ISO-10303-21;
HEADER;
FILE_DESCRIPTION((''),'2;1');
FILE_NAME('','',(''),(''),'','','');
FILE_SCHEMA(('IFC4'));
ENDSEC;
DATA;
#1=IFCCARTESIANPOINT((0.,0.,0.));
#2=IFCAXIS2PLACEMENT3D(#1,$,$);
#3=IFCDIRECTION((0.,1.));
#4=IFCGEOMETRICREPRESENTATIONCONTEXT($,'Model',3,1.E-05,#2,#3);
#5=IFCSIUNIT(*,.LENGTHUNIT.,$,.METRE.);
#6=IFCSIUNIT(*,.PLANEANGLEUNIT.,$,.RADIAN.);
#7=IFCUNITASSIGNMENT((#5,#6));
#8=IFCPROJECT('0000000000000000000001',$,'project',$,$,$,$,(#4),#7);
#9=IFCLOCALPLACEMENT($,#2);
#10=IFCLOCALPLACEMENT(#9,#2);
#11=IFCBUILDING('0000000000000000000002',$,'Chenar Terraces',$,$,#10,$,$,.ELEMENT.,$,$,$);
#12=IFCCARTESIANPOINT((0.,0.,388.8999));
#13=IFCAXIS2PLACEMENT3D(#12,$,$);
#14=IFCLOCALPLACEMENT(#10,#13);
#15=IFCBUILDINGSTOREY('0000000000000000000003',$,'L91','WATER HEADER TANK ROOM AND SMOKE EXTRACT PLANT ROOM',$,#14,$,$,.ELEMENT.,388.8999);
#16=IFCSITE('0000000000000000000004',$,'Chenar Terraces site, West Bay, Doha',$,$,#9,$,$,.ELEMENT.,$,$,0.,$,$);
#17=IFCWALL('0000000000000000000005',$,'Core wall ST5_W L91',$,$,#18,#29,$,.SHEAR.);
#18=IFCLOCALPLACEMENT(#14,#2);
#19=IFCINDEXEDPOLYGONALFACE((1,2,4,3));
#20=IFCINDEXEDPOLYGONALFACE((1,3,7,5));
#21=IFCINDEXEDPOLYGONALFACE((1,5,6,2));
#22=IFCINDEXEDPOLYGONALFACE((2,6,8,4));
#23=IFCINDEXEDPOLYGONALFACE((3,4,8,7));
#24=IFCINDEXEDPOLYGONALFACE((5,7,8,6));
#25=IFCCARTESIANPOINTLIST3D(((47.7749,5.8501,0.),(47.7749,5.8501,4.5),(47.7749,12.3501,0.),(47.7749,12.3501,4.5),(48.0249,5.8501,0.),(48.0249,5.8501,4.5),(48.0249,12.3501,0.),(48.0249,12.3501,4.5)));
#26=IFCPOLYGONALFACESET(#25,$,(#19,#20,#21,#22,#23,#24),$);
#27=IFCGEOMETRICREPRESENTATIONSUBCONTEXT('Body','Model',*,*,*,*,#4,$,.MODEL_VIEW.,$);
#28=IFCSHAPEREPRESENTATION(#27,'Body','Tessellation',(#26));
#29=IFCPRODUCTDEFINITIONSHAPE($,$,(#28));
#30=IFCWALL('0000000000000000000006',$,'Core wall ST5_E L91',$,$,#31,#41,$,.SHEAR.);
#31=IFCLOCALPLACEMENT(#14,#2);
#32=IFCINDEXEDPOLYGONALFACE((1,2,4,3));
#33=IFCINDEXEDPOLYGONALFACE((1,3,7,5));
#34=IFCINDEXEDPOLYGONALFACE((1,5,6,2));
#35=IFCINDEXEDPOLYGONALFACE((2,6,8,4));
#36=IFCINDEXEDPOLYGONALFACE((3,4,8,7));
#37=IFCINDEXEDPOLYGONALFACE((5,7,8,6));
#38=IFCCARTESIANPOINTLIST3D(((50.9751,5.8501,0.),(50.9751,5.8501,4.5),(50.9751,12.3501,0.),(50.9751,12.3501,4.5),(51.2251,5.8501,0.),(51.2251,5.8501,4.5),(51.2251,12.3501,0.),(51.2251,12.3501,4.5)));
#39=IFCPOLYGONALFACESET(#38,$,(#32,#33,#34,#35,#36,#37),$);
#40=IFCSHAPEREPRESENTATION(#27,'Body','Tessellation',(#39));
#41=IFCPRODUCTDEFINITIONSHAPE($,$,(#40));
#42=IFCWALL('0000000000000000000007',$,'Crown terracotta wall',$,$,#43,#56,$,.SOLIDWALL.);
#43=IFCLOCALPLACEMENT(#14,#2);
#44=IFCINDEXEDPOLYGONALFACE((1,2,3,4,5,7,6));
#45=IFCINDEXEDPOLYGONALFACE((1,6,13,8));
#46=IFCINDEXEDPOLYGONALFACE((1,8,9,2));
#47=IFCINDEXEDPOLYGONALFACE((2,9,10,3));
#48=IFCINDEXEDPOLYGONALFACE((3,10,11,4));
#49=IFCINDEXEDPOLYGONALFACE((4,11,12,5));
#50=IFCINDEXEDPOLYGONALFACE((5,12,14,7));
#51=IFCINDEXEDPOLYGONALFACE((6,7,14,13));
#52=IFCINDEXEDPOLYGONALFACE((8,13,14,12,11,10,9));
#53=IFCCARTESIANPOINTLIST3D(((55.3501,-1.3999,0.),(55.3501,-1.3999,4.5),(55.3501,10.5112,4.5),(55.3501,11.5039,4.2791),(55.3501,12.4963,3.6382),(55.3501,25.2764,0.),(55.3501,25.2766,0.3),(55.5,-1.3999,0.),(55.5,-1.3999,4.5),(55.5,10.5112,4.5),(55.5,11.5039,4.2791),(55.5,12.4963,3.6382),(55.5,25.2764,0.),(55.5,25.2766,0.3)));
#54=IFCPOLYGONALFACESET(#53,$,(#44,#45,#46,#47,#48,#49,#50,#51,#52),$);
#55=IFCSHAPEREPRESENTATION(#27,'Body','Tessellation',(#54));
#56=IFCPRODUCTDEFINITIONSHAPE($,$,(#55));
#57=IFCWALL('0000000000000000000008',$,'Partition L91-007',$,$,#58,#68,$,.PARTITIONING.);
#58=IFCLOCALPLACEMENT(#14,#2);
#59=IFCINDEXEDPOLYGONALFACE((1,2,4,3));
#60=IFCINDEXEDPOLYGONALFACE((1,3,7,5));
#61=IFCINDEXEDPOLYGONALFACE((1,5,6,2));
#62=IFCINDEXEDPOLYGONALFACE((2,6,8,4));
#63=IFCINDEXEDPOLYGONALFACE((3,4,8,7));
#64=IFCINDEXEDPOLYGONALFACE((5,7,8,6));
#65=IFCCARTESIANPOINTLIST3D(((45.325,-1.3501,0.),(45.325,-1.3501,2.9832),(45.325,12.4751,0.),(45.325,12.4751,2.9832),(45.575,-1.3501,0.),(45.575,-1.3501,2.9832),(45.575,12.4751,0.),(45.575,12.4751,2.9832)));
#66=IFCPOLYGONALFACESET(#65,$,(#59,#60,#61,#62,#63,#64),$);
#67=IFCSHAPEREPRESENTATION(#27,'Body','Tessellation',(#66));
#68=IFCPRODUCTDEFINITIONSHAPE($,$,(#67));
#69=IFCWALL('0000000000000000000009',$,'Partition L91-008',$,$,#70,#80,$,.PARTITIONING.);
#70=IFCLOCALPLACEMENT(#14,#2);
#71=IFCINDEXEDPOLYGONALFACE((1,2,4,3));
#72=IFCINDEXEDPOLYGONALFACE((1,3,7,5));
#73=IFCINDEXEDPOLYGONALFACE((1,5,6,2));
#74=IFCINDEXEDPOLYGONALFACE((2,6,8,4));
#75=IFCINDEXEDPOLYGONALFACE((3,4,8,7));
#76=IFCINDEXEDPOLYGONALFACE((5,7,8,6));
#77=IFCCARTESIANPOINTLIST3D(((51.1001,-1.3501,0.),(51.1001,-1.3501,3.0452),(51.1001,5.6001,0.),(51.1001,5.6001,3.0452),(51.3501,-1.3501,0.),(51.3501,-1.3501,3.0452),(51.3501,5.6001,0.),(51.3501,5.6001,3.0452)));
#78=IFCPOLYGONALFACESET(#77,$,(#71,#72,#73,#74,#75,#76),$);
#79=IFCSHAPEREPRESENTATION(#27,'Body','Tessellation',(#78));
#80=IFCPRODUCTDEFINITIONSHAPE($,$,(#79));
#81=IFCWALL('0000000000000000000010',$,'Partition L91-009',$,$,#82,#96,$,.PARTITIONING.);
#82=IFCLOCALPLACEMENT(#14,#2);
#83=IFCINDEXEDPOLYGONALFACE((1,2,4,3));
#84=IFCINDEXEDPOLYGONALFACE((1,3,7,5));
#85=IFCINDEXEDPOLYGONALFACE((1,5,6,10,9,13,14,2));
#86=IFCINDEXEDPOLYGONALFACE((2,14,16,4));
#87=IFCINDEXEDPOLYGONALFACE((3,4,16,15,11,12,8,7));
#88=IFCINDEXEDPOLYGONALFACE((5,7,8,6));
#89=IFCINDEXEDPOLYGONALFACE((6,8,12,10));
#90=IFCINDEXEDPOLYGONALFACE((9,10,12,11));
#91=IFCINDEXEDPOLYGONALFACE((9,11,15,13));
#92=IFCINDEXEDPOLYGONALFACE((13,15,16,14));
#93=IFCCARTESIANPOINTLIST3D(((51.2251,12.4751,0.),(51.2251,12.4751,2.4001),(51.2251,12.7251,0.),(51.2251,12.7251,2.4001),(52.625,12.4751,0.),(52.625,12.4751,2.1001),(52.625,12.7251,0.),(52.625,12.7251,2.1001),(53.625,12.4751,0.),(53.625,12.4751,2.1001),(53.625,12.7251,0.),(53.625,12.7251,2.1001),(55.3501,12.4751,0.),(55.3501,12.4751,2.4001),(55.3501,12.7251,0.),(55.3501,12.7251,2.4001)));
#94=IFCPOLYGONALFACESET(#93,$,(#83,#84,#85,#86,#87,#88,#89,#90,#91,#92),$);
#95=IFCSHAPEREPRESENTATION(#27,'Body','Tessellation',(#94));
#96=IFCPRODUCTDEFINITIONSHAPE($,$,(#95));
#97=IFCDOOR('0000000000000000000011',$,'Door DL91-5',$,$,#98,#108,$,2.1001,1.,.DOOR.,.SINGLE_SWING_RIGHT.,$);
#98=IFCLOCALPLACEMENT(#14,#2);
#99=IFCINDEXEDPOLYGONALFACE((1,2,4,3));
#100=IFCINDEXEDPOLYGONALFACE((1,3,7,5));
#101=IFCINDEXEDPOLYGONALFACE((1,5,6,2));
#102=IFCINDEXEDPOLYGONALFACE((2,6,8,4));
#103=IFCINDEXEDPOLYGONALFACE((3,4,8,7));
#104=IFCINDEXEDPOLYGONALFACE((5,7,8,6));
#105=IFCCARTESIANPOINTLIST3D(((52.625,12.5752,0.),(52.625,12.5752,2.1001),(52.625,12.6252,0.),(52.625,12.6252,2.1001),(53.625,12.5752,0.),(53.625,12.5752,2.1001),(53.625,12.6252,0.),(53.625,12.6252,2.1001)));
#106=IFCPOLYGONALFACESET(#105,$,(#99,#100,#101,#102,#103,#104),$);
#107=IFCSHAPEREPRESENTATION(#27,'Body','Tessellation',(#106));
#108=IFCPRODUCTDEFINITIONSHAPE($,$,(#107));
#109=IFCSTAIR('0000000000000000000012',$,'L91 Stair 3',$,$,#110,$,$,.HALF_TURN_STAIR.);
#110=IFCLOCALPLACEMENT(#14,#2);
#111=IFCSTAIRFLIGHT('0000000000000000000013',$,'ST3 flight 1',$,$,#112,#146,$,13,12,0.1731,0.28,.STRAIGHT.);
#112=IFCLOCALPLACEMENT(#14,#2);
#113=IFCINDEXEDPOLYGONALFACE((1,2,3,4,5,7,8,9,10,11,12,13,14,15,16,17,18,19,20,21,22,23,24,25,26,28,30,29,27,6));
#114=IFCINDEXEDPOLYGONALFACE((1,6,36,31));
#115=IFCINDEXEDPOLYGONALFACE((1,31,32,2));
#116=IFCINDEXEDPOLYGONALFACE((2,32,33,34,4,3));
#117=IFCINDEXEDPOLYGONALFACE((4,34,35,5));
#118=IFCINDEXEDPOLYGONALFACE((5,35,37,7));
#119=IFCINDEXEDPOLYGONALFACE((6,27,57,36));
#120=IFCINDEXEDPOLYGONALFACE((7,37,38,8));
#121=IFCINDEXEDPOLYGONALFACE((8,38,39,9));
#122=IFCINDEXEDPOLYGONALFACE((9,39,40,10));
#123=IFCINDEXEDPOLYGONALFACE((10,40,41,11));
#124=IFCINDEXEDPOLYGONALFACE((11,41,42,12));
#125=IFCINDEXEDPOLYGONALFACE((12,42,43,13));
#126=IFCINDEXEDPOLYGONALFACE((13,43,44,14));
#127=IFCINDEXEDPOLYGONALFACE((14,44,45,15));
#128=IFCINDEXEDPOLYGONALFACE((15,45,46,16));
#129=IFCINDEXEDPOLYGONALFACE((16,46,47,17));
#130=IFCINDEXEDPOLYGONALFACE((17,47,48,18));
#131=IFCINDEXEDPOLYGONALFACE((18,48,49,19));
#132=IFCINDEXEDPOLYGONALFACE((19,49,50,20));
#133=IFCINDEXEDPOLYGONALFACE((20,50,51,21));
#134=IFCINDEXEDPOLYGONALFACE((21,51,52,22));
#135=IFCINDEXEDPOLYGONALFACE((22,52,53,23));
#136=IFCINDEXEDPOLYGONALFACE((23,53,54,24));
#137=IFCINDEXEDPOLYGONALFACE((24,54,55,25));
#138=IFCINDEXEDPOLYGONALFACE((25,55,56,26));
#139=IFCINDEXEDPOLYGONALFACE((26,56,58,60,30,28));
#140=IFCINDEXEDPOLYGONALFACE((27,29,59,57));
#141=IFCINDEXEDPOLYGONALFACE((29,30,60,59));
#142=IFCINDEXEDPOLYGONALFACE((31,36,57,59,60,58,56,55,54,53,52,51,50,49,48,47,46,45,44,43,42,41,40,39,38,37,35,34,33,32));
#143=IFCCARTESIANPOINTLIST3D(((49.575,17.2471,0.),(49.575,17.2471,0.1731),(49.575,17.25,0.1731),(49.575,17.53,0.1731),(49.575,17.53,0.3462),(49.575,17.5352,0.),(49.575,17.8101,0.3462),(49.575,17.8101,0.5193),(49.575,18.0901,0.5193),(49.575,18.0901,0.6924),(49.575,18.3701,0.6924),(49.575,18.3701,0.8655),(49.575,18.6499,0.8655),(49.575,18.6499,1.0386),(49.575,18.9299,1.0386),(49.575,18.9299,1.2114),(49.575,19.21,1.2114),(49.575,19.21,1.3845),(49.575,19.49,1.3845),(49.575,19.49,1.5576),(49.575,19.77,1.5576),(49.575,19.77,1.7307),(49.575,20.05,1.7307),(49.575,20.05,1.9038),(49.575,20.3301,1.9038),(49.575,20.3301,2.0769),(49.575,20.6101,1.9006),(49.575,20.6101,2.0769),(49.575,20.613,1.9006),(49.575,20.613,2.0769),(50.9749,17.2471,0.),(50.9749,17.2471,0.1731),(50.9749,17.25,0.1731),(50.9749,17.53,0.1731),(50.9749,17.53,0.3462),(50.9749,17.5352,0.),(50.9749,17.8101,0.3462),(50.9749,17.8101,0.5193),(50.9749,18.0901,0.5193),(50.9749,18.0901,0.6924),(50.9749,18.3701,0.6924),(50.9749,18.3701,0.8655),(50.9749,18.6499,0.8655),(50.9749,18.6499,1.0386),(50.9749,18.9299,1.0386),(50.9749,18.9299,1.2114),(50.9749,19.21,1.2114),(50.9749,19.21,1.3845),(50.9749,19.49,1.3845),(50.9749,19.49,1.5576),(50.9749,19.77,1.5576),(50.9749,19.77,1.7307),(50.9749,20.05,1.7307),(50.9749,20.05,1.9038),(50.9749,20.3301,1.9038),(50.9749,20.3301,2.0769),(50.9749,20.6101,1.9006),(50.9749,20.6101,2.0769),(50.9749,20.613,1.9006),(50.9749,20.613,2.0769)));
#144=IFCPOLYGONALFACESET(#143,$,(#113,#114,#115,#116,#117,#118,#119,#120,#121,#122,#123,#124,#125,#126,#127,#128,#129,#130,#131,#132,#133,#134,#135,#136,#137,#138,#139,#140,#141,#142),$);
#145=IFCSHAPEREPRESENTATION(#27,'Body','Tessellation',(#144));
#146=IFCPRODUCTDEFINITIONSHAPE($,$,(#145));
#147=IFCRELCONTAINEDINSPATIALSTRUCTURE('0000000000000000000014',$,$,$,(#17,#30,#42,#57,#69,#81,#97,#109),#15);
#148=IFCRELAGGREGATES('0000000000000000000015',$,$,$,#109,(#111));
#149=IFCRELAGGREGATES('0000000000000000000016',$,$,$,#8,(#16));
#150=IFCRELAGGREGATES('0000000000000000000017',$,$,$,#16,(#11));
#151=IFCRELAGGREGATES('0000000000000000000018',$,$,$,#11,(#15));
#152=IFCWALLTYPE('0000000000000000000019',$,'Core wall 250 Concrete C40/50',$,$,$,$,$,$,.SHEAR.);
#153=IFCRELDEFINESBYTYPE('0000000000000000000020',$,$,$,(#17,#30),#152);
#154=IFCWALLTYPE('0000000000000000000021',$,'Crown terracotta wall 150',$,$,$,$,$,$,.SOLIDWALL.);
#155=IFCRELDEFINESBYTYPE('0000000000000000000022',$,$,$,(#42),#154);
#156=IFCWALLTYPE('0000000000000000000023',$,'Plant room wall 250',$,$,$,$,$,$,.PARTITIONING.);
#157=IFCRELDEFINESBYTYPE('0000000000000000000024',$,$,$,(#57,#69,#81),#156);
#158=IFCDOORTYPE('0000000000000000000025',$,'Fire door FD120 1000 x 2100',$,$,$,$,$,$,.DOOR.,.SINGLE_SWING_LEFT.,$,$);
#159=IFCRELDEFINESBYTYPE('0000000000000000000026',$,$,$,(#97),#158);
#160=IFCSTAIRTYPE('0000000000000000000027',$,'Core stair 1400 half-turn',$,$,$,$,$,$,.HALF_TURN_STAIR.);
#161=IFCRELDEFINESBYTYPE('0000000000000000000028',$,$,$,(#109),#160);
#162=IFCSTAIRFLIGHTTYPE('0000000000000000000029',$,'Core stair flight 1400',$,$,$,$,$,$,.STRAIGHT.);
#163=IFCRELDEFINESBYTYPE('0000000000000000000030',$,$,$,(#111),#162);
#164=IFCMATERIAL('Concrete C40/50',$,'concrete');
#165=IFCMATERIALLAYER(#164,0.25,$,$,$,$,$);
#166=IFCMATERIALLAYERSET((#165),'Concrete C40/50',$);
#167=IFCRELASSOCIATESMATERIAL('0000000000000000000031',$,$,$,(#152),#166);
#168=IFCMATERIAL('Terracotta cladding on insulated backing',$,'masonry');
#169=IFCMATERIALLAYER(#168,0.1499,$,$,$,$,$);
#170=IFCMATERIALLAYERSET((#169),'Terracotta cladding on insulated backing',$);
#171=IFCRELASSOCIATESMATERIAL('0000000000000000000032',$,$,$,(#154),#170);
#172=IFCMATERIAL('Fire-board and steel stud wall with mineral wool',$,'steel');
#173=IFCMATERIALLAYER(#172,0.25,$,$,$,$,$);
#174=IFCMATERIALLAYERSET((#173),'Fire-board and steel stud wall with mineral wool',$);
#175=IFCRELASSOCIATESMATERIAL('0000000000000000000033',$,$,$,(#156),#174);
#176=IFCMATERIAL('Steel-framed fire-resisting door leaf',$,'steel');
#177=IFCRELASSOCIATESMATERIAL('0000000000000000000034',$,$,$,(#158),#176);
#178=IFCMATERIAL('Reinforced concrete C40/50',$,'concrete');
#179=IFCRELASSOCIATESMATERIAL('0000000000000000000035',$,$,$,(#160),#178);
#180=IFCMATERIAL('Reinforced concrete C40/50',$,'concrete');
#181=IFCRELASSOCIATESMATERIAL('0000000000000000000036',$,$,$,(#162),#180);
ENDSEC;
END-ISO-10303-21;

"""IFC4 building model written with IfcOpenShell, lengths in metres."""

from ifc_helpers import new_model, si_unit, direction, frame, frame_2d, origin, place, context, subcontext, project, spatial, polyline, rectangle, outline, extrude, material, layer, layer_set, type_object, element, fill, aggregate, save


model = new_model("IFC4")

# Units and contexts
model_context = context("Model", 3, precision=1e-05, world=origin(), true_north=direction((0.0, 1.0)))
body_context = subcontext(model_context, "Body", "Model", "MODEL_VIEW")
ifc_project = project(units=[si_unit("LENGTHUNIT", "METRE"), si_unit("PLANEANGLEUNIT", "RADIAN")], contexts=[model_context])

# Site, building, storey
site_placement = place(None, origin())
site = spatial("IfcSite", under=ifc_project, at=site_placement, Name="Chenar Terraces site, West Bay, Doha", CompositionType="ELEMENT", RefElevation=0.0)
building_placement = place(site_placement, origin())
building = spatial("IfcBuilding", under=site, at=building_placement, Name="Chenar Terraces", CompositionType="ELEMENT")
storey_placement = place(building_placement, frame((0.0, 0.0, 388.8999)))
storey = spatial("IfcBuildingStorey", under=building, at=storey_placement, Name="L91", Description="WATER HEADER TANK ROOM AND SMOKE EXTRACT PLANT ROOM", CompositionType="ELEMENT", Elevation=388.8999)

# Shared definitions
ifc_material_1 = material(Name="Concrete C40/50", Category="concrete")
ifc_layer_1 = layer(ifc_material_1, 0.25)
ifc_layer_set_1 = layer_set([ifc_layer_1], Name="Concrete C40/50")
wall_type_1 = type_object("IfcWallType", Name="Core wall 250 Concrete C40/50", PredefinedType="SHEAR", material=ifc_layer_set_1)

# Walls
for number, where, z_axis, x_axis, name in (
    (1, (47.8999, 5.8501, 0.0), (0.0, 0.0, 1.0), (0.0, 1.0, 0.0), "Core wall ST5_W L91"),
    (2, (51.1001, 5.8501, 0.0), (0.0, 0.0, 1.0), (0.0, 1.0, 0.0), "Core wall ST5_E L91"),
):
    element("IfcWall", number, at=place(storey_placement, frame(where, z_axis=z_axis, x_axis=x_axis)), inside=storey, type_object=wall_type_1, Name=name, PredefinedType="SHEAR", context=body_context, shape_type="SweptSolid", body=[
        extrude(rectangle(XDim=6.5, YDim=0.25, at=frame_2d((3.25, 0.0))), origin(), (0.0, 0.0, 1.0), 4.5),
    ])
ifc_material_2 = material(Name="Terracotta cladding on insulated backing", Category="masonry")
ifc_layer_2 = layer(ifc_material_2, 0.1499)
ifc_layer_set_2 = layer_set([ifc_layer_2], Name="Terracotta cladding on insulated backing")
wall_type_2 = type_object("IfcWallType", Name="Crown terracotta wall 150", PredefinedType="SOLIDWALL", material=ifc_layer_set_2)
wall_1_placement = place(storey_placement, frame((55.425, -1.3999, 0.0), z_axis=(0.0, 0.0, 1.0), x_axis=(0.0, 1.0, 0.0)))
element("IfcWall", 3, at=wall_1_placement, inside=storey, type_object=wall_type_2, Name="Crown terracotta wall", PredefinedType="SOLIDWALL", context=body_context, shape_type="SweptSolid", body=[
    extrude(outline(polyline([(0.0, 0.0), (26.6763, 0.0), (26.6765, 0.3), (13.8962, 3.6382), (12.9038, 4.2791), (11.9111, 4.5), (0.0, 4.5), (0.0, 0.0)])), frame((0.0, 0.075, 0.0), z_axis=(0.0, -1.0, 0.0), x_axis=(1.0, 0.0, 0.0)), (0.0, 0.0, 1.0), 0.1499),
])
ifc_material_3 = material(Name="Fire-board and steel stud wall with mineral wool", Category="steel")
ifc_layer_3 = layer(ifc_material_3, 0.25)
ifc_layer_set_3 = layer_set([ifc_layer_3], Name="Fire-board and steel stud wall with mineral wool")
wall_type_3 = type_object("IfcWallType", Name="Plant room wall 250", PredefinedType="PARTITIONING", material=ifc_layer_set_3)
wall_2_placement = place(storey_placement, frame((45.45, -1.3501, 0.0), z_axis=(0.0, 0.0, 1.0), x_axis=(0.0, 1.0, 0.0)))
element("IfcWall", 4, at=wall_2_placement, inside=storey, type_object=wall_type_3, Name="Partition L91-007", PredefinedType="PARTITIONING", context=body_context, shape_type="SweptSolid", body=[
    extrude(rectangle(XDim=13.8252, YDim=0.25, at=frame_2d((6.9126, 0.0))), origin(), (0.0, 0.0, 1.0), 2.9832),
])
wall_3_placement = place(storey_placement, frame((51.2251, -1.3501, 0.0), z_axis=(0.0, 0.0, 1.0), x_axis=(0.0, 1.0, 0.0)))
element("IfcWall", 5, at=wall_3_placement, inside=storey, type_object=wall_type_3, Name="Partition L91-008", PredefinedType="PARTITIONING", context=body_context, shape_type="SweptSolid", body=[
    extrude(rectangle(XDim=6.9502, YDim=0.25, at=frame_2d((3.4751, 0.0))), origin(), (0.0, 0.0, 1.0), 3.0452),
])

# Wall, opening, door
wall_4_placement = place(storey_placement, frame((51.2251, 12.6001, 0.0), z_axis=(0.0, 0.0, 1.0), x_axis=(1.0, 0.0, 0.0)))
wall_4 = element("IfcWall", 6, at=wall_4_placement, inside=storey, type_object=wall_type_3, Name="Partition L91-009", PredefinedType="PARTITIONING", context=body_context, shape_type="SweptSolid", body=[
    extrude(rectangle(XDim=4.125, YDim=0.25, at=frame_2d((2.0625, 0.0))), origin(), (0.0, 0.0, 1.0), 2.4001),
])
opening_1_placement = place(wall_4_placement, frame((1.3999, 0.0, 0.0)))
opening_1 = element("IfcOpeningElement", 7, at=opening_1_placement, cuts=wall_4, PredefinedType="OPENING", context=body_context, shape_type="SweptSolid", body=[
    extrude(rectangle(XDim=1.0, YDim=2.1001, at=frame_2d((0.5, 1.05))), frame((0.0, 0.135, 0.0), z_axis=(0.0, -1.0, 0.0), x_axis=(1.0, 0.0, 0.0)), (0.0, 0.0, 1.0), 0.27),
])
ifc_material_4 = material(Name="Steel-framed fire-resisting door leaf", Category="steel")
door_type_1 = type_object("IfcDoorType", Name="Fire door FD120 1000 x 2100", OperationType="SINGLE_SWING_LEFT", PredefinedType="DOOR", material=ifc_material_4)
door_1_placement = place(opening_1_placement, frame((1.0, 0.0, 0.0), z_axis=(0.0, 0.0, 1.0), x_axis=(-1.0, 0.0, 0.0)))
door_1 = element("IfcDoor", 8, at=door_1_placement, inside=storey, type_object=door_type_1, Name="Door DL91-5", OperationType="SINGLE_SWING_RIGHT", OverallHeight=2.1001, OverallWidth=1.0, PredefinedType="DOOR", context=body_context, shape_type="SweptSolid", body=[
    extrude(rectangle(XDim=1.0, YDim=2.1001, at=frame_2d((0.5, 1.05))), frame((0.0, 0.0249, 0.0), z_axis=(0.0, -1.0, 0.0), x_axis=(1.0, 0.0, 0.0)), (0.0, 0.0, 1.0), 0.05),
])
fill(opening_1, door_1)

# Stair, stair flight
ifc_material_5 = material(Name="Reinforced concrete C40/50", Category="concrete")
stair_type = type_object("IfcStairType", Name="Core stair 1400 half-turn", PredefinedType="HALF_TURN_STAIR", material=ifc_material_5)
placement = place(storey_placement, origin())
stair_1 = element("IfcStair", 9, at=placement, inside=storey, type_object=stair_type, Name="L91 Stair 3", PredefinedType="HALF_TURN_STAIR")
ifc_material_6 = material(Name="Reinforced concrete C40/50", Category="concrete")
stair_flight_type = type_object("IfcStairFlightType", Name="Core stair flight 1400", PredefinedType="STRAIGHT", material=ifc_material_6)
stair_flight_1_placement = place(storey_placement, frame((50.2749, 17.25, 0.0), z_axis=(0.0, 0.0, 1.0), x_axis=(0.0, 1.0, 0.0)))
stair_flight_1 = element("IfcStairFlight", 10, at=stair_flight_1_placement, type_object=stair_flight_type, Name="ST3 flight 1", NumberOfRisers=13, NumberOfTreads=12, PredefinedType="STRAIGHT", RiserHeight=0.1731, TreadLength=0.28, context=body_context, shape_type="SweptSolid", body=[
    extrude(outline(polyline([(-0.0029, 0.0), (-0.0029, 0.1731), (0.0, 0.1731), (0.28, 0.1731), (0.28, 0.3462), (0.5601, 0.3462), (0.5601, 0.5193), (0.8401, 0.5193), (0.8401, 0.6924), (1.1201, 0.6924), (1.1201, 0.8655), (1.3999, 0.8655), (1.3999, 1.0386), (1.6799, 1.0386), (1.6799, 1.2114), (1.96, 1.2114), (1.96, 1.3845), (2.24, 1.3845), (2.24, 1.5576), (2.52, 1.5576), (2.52, 1.7307), (2.8, 1.7307), (2.8, 1.9038), (3.0801, 1.9038), (3.0801, 2.0769), (3.3601, 2.0769), (3.363, 2.0769), (3.363, 1.9006), (3.3601, 1.9006), (0.2852, 0.0), (-0.0029, 0.0)])), frame((0.0, 0.7, 0.0), z_axis=(0.0, -1.0, 0.0), x_axis=(1.0, 0.0, 0.0)), (0.0, 0.0, 1.0), 1.3999),
])
aggregate(stair_1, [stair_flight_1])

save(model, "model.ifc")
